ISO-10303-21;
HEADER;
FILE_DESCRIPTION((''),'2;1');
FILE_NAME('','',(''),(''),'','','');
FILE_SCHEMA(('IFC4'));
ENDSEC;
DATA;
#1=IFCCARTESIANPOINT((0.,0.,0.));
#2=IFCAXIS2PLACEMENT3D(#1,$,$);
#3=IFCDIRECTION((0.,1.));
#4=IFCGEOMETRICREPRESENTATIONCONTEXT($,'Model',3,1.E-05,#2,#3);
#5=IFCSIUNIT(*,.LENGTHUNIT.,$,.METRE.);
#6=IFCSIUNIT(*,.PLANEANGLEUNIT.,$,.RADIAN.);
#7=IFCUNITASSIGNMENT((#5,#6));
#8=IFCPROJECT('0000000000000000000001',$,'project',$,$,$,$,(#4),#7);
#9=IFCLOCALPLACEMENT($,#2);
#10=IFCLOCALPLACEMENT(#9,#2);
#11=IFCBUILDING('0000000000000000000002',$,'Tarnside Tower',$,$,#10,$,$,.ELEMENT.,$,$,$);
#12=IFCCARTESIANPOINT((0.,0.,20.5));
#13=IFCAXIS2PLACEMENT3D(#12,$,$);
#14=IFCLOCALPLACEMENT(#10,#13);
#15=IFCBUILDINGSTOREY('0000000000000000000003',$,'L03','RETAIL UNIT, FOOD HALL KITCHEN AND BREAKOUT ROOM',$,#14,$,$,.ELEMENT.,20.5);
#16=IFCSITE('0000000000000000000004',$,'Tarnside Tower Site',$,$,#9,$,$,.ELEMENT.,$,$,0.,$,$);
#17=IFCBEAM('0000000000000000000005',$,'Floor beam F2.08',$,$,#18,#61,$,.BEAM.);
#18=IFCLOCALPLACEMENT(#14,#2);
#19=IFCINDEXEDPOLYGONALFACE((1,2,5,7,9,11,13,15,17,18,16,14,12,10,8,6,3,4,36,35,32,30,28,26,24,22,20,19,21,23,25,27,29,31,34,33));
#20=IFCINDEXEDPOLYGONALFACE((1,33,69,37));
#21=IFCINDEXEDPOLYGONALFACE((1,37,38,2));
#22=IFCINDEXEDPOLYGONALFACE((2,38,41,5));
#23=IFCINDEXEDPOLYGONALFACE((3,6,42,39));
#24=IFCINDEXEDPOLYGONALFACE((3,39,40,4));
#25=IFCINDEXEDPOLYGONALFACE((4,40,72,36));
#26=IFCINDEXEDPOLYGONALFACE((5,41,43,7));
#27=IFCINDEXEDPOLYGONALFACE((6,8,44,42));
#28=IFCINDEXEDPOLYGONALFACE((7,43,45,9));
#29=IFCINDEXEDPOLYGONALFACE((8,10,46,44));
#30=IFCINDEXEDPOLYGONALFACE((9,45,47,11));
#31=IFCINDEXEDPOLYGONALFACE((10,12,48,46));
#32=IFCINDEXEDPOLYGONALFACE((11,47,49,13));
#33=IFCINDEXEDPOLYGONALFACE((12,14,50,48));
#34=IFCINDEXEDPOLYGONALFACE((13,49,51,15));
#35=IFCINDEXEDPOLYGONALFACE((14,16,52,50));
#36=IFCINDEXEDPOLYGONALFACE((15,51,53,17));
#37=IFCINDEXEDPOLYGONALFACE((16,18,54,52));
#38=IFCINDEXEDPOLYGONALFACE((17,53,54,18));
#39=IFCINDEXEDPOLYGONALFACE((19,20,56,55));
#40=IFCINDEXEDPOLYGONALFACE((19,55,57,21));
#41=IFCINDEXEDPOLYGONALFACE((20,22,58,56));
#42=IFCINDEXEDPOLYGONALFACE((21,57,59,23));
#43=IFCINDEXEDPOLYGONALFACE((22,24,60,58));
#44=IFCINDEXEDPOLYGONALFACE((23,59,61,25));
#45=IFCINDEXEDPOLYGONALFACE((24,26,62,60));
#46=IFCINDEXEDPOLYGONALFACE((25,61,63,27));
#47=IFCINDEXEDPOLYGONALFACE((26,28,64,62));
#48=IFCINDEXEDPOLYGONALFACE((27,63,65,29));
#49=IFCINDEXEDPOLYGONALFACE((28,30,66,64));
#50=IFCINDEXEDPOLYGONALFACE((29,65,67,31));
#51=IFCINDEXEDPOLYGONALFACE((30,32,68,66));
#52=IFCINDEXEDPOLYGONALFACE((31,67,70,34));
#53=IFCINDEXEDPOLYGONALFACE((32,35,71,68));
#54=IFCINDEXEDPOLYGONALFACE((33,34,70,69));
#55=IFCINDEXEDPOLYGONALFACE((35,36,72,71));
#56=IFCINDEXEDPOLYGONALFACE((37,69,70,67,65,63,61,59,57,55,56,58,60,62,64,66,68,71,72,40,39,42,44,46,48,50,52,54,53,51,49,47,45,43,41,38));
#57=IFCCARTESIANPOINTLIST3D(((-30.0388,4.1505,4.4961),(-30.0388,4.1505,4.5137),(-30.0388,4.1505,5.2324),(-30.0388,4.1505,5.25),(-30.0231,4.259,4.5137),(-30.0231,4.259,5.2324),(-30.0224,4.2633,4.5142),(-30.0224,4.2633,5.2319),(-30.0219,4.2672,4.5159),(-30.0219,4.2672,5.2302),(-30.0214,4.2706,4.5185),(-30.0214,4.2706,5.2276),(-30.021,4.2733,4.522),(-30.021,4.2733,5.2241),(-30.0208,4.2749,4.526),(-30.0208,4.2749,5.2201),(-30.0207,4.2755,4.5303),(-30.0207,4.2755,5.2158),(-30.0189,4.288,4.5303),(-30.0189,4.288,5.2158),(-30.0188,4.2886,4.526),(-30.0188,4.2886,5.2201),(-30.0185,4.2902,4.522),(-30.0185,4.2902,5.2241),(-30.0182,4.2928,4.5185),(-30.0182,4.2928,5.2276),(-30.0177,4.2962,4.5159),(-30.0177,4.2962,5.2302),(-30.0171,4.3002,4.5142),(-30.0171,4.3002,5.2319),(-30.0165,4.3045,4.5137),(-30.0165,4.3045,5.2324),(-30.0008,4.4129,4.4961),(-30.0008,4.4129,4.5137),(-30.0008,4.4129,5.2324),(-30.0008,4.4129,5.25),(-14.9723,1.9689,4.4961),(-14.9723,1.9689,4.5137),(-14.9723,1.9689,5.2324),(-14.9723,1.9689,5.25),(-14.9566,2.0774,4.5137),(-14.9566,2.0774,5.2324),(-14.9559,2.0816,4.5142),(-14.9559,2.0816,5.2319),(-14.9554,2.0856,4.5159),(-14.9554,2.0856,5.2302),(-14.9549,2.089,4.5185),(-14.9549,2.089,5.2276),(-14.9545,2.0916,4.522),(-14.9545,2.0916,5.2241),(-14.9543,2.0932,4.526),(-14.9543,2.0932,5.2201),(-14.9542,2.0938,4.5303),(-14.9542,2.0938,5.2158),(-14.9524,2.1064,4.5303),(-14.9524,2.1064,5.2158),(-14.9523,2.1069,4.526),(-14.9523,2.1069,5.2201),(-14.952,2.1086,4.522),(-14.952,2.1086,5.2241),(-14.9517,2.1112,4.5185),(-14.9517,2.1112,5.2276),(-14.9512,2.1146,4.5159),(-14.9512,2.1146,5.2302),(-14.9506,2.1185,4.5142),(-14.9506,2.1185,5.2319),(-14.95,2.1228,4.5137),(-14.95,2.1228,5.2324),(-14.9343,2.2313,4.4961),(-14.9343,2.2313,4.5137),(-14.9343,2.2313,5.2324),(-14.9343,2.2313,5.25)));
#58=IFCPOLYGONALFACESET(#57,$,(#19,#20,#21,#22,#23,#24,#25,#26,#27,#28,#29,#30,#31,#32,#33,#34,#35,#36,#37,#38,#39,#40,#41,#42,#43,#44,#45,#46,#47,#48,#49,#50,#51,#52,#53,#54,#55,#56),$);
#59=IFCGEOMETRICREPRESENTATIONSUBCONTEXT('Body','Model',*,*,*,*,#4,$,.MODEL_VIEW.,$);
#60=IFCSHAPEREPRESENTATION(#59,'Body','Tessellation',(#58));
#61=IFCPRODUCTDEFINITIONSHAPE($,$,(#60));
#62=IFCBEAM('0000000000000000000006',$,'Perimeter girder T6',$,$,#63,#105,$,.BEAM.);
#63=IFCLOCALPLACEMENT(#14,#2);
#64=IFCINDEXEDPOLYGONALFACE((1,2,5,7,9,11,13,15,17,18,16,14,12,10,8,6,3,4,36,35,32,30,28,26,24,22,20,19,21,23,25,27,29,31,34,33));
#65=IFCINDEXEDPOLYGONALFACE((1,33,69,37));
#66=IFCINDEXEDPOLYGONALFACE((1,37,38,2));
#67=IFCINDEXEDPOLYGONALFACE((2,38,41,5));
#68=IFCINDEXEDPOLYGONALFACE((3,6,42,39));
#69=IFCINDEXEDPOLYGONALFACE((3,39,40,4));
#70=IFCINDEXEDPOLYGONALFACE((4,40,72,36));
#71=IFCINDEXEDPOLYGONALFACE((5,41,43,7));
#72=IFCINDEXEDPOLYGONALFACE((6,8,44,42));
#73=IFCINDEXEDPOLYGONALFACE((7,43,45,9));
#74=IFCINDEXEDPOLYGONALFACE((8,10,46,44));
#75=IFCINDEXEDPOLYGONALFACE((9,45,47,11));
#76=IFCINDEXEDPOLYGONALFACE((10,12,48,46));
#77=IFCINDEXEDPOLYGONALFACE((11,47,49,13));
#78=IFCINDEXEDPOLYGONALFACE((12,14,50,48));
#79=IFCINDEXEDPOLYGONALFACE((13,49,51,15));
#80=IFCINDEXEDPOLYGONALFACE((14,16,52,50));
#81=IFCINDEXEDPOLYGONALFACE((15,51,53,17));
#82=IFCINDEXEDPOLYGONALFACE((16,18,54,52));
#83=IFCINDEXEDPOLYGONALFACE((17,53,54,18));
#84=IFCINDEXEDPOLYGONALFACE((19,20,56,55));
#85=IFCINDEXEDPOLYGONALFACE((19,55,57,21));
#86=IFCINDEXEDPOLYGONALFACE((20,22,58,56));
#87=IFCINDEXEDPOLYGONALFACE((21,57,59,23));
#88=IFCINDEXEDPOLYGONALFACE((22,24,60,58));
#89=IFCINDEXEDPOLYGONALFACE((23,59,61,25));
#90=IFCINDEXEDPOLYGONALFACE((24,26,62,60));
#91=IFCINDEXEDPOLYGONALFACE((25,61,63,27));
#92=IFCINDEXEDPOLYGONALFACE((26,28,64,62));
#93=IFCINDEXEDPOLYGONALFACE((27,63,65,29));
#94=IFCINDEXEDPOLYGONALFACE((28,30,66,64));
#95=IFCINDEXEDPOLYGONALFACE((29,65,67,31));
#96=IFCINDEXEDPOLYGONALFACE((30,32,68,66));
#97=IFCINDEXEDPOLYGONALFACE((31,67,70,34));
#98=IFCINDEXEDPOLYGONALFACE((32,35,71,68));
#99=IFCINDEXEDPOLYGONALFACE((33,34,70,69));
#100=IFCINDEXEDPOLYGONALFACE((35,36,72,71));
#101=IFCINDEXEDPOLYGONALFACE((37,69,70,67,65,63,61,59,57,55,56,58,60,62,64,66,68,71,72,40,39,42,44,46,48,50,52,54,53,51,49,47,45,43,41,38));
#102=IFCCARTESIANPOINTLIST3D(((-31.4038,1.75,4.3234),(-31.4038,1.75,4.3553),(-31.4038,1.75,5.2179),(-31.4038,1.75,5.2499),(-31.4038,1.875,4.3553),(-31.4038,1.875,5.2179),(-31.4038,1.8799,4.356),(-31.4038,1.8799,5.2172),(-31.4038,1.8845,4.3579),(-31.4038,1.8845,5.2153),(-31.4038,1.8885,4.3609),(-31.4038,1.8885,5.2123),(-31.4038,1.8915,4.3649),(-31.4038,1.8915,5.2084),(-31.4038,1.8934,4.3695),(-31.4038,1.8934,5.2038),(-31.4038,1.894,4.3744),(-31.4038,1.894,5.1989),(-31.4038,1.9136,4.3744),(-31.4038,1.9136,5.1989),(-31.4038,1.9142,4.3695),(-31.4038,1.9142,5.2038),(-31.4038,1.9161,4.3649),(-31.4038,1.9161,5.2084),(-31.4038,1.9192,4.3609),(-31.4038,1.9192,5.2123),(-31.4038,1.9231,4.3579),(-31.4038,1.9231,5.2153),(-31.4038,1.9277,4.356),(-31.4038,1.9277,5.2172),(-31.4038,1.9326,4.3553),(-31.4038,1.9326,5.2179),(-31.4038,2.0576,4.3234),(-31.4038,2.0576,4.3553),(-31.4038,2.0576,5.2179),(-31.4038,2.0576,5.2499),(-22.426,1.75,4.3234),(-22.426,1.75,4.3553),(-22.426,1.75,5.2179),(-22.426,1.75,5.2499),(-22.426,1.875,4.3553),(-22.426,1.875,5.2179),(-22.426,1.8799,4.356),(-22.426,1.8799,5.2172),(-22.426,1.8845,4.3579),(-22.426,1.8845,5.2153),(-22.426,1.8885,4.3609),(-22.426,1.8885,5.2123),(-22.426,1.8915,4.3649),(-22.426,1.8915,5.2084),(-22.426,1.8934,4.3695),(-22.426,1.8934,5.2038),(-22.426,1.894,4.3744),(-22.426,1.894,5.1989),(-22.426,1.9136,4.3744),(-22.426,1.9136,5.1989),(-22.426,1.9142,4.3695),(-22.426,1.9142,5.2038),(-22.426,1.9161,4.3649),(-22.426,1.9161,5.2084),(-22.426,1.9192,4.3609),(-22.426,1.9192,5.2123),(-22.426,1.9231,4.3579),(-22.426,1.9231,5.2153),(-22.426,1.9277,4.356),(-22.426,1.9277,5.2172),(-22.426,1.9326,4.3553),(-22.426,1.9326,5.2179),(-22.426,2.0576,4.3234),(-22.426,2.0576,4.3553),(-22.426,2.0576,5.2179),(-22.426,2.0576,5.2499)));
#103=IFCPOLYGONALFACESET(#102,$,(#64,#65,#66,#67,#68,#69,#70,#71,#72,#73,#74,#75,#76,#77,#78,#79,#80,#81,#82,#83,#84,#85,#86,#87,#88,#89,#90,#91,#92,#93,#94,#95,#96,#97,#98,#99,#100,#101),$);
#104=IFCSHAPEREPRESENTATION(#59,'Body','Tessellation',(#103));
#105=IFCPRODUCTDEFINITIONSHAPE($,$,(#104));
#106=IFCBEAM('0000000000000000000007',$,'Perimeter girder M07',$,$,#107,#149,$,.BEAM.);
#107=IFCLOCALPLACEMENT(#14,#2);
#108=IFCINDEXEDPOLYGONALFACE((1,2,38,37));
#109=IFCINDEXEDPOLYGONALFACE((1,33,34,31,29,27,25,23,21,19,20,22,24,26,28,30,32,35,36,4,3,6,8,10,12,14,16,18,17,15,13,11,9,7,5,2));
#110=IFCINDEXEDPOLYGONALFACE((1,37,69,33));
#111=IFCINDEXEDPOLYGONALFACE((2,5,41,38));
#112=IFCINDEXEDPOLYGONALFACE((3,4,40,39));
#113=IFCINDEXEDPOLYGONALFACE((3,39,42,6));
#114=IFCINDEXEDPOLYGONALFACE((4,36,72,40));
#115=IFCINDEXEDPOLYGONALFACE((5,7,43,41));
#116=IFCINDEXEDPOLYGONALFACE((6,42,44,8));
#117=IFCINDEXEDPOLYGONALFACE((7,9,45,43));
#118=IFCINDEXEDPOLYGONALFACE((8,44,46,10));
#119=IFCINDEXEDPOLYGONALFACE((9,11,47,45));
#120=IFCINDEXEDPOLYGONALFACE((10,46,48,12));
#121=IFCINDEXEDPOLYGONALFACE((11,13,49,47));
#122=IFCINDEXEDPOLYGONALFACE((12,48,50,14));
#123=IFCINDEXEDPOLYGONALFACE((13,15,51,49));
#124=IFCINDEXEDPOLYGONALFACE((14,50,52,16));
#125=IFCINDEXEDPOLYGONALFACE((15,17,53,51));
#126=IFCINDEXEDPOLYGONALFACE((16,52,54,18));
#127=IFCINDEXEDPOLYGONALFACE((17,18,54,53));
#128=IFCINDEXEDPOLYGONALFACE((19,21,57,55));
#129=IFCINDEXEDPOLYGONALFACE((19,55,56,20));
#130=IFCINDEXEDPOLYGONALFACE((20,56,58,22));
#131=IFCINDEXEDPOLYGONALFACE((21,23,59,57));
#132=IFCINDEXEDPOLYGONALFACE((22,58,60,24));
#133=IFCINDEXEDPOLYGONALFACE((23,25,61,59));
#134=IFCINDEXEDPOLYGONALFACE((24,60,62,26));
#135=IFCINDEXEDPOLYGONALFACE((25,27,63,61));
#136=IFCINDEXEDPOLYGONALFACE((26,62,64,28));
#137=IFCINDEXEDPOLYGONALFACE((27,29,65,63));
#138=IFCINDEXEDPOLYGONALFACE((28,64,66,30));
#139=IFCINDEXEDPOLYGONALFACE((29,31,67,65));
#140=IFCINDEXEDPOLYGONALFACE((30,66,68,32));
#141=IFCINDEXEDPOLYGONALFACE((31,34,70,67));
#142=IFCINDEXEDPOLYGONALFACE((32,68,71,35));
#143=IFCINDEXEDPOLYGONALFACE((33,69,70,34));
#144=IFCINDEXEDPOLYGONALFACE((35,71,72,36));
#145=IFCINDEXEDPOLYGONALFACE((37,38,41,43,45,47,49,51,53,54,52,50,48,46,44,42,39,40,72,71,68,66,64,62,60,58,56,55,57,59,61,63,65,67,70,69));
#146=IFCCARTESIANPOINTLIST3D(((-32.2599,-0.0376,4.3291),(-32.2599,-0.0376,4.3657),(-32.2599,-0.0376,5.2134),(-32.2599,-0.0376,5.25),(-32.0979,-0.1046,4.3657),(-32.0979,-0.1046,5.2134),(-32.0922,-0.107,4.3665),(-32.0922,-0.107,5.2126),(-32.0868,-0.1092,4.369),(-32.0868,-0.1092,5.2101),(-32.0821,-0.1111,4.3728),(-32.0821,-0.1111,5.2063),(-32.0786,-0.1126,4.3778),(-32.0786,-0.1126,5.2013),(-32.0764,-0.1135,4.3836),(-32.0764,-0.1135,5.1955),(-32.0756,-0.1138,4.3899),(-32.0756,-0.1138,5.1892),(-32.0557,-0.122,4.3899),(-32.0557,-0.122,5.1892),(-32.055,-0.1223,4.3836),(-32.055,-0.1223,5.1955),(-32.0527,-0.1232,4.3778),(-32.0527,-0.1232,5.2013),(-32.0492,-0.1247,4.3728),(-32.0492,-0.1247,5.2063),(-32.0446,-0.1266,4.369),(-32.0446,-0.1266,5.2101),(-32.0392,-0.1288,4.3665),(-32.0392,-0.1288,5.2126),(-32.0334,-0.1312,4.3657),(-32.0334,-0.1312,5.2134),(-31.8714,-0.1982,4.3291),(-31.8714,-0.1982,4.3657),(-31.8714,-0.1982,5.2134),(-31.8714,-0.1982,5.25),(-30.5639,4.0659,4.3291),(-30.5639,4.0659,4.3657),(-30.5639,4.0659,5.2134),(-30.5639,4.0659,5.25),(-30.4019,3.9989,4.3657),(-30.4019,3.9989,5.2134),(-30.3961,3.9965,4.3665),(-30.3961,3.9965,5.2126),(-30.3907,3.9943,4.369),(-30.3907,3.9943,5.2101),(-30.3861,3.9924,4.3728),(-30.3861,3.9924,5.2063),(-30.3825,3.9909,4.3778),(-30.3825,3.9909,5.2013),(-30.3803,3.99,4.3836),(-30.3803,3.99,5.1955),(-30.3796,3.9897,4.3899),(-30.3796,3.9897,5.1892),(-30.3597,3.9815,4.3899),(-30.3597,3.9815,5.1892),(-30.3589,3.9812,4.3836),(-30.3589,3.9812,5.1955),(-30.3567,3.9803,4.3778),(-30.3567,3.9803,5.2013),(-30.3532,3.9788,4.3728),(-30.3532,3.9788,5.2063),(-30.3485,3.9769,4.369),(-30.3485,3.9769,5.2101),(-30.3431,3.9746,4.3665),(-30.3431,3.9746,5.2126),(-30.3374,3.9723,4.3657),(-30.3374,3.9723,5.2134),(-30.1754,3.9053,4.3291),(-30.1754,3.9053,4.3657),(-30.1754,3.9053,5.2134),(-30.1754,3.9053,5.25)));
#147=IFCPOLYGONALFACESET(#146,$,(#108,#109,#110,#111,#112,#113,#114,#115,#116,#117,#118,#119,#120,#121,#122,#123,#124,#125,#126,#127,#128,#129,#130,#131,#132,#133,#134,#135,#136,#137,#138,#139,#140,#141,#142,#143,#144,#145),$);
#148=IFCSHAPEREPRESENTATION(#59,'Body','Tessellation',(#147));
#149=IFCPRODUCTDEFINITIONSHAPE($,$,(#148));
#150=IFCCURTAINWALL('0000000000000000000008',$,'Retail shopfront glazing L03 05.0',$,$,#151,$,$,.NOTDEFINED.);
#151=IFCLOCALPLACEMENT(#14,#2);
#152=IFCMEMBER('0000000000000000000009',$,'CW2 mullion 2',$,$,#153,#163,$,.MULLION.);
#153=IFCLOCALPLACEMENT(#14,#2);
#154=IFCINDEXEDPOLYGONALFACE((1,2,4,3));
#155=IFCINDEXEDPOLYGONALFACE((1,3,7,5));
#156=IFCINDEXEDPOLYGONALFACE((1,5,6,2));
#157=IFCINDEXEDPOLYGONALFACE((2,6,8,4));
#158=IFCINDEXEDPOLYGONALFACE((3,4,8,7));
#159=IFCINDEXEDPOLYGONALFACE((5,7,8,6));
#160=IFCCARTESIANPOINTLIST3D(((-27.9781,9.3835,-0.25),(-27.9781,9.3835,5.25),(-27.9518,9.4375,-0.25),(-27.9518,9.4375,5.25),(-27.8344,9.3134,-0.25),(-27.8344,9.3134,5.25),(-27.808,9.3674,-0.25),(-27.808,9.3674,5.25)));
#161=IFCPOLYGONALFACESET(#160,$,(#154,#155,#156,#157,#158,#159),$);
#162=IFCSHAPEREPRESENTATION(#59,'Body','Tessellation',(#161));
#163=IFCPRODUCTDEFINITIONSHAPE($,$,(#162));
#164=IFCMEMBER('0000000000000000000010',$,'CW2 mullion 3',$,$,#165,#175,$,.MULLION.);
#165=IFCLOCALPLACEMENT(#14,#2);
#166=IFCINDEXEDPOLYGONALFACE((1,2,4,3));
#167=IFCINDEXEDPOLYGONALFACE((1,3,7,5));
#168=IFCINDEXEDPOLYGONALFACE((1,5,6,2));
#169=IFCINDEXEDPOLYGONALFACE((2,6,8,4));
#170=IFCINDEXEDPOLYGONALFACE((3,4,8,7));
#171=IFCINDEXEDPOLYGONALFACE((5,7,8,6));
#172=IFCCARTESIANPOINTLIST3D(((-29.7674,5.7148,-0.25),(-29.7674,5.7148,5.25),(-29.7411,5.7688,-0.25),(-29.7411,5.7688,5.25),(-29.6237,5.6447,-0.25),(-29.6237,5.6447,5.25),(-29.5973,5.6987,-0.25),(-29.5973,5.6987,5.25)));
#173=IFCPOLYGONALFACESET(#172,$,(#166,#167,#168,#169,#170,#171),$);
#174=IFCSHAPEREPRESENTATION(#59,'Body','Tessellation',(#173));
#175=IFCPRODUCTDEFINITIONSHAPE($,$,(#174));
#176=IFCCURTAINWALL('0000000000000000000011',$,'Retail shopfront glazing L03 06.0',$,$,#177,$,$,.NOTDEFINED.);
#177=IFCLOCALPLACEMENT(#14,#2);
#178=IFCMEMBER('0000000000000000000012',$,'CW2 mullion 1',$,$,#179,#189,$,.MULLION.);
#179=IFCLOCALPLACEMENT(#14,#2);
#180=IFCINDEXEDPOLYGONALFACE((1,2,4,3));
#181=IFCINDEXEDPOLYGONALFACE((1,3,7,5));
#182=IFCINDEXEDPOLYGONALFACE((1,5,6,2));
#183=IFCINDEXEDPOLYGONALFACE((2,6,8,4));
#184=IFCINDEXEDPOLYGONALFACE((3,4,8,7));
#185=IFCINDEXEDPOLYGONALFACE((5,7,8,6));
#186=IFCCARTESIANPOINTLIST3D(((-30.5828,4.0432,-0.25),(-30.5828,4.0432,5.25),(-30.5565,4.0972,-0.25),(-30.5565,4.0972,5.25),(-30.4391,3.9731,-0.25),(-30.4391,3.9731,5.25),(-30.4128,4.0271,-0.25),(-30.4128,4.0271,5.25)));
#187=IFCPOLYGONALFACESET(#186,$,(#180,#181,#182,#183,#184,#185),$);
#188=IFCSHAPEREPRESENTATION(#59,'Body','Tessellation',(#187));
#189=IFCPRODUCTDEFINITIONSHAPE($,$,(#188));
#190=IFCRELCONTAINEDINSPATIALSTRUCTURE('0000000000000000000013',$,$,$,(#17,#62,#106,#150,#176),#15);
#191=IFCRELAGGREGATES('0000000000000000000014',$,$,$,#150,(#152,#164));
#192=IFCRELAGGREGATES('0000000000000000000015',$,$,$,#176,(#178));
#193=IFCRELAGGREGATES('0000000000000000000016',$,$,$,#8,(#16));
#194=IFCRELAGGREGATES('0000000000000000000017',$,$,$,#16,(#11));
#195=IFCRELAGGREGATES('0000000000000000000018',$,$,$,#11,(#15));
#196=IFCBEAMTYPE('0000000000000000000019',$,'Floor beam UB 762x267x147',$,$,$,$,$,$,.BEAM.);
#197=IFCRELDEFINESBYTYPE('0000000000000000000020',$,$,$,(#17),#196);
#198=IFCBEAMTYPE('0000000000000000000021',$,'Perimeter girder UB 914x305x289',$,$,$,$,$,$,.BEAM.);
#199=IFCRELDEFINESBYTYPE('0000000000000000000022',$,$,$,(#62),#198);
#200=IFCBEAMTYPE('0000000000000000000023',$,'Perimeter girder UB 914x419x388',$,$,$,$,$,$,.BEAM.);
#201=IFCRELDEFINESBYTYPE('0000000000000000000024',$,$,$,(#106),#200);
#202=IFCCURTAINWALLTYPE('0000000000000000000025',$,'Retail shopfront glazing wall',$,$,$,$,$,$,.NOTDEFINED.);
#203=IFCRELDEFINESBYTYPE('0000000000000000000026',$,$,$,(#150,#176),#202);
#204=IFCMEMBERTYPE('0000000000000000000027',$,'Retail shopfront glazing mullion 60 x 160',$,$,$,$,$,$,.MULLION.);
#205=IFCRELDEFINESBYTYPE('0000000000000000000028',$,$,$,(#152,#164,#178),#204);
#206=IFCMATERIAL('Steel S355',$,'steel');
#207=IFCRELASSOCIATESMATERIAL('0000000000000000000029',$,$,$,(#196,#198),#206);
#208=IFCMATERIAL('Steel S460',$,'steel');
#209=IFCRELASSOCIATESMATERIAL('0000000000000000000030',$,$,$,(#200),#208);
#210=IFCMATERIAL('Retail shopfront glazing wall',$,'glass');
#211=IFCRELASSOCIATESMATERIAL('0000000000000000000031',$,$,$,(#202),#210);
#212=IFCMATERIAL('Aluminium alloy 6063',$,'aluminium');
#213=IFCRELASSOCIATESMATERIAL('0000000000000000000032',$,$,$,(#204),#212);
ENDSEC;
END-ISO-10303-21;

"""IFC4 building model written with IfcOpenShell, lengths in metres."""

from ifc_helpers import new_model, si_unit, direction, frame, origin, origin_2d, place, context, subcontext, project, spatial, rectangle, i_section, extrude, material, material_profile, profile_set, type_object, element, aggregate, save


model = new_model("IFC4")

# Units and contexts
model_context = context("Model", 3, precision=1e-05, world=origin(), true_north=direction((0.0, 1.0)))
body_context = subcontext(model_context, "Body", "Model", "MODEL_VIEW")
ifc_project = project(units=[si_unit("LENGTHUNIT", "METRE"), si_unit("PLANEANGLEUNIT", "RADIAN")], contexts=[model_context])

# Site, building, storey
site_placement = place(None, origin())
site = spatial("IfcSite", under=ifc_project, at=site_placement, Name="Tarnside Tower Site", CompositionType="ELEMENT", RefElevation=0.0)
building_placement = place(site_placement, origin())
building = spatial("IfcBuilding", under=site, at=building_placement, Name="Tarnside Tower", CompositionType="ELEMENT")
storey_placement = place(building_placement, frame((0.0, 0.0, 20.5)))
storey = spatial("IfcBuildingStorey", under=building, at=storey_placement, Name="L03", Description="RETAIL UNIT, FOOD HALL KITCHEN AND BREAKOUT ROOM", CompositionType="ELEMENT", Elevation=20.5)

# Shared definitions
ifc_material_1 = material(Name="Steel S460", Category="steel")

# Beams
ifc_material_2 = material(Name="Steel S355", Category="steel")
ifc_material_profile_1 = material_profile(ifc_material_2, i_section(OverallWidth=0.2651, OverallDepth=0.7539, WebThickness=0.0127, FlangeThickness=0.0176, FilletRadius=0.0166, at=origin_2d()), Name="UB 762x267x147")
ifc_profile_set_1 = profile_set([ifc_material_profile_1], Name="Steel S355")
beam_type_1 = type_object("IfcBeamType", Name="Floor beam UB 762x267x147", PredefinedType="BEAM", material=ifc_profile_set_1)
beam_1_placement = place(storey_placement, frame((-30.0198, 4.2817, 4.873), z_axis=(0.989678, -0.143307, 0.0), x_axis=(0.143307, 0.989678, 0.0)))
element("IfcBeam", 1, at=beam_1_placement, inside=storey, type_object=beam_type_1, Name="Floor beam F2.08", PredefinedType="BEAM", context=body_context, shape_type="SweptSolid", body=[
    extrude(i_section(OverallWidth=0.2651, OverallDepth=0.7539, WebThickness=0.0127, FlangeThickness=0.0176, FilletRadius=0.0166, at=origin_2d()), origin(), (0.0, 0.0, 1.0), 15.2236),
])
ifc_material_profile_2 = material_profile(ifc_material_2, i_section(OverallWidth=0.3076, OverallDepth=0.9265, WebThickness=0.0195, FlangeThickness=0.032, FilletRadius=0.019, at=origin_2d()), Name="UB 914x305x289")
ifc_profile_set_2 = profile_set([ifc_material_profile_2], Name="Steel S355")
beam_type_2 = type_object("IfcBeamType", Name="Perimeter girder UB 914x305x289", PredefinedType="BEAM", material=ifc_profile_set_2)
beam_2_placement = place(storey_placement, frame((-31.4038, 1.9038, 4.7866), z_axis=(1.0, 0.0, 0.0), x_axis=(0.0, 1.0, 0.0)))
element("IfcBeam", 2, at=beam_2_placement, inside=storey, type_object=beam_type_2, Name="Perimeter girder T6", PredefinedType="BEAM", context=body_context, shape_type="SweptSolid", body=[
    extrude(i_section(OverallWidth=0.3076, OverallDepth=0.9265, WebThickness=0.0195, FlangeThickness=0.032, FilletRadius=0.019, at=origin_2d()), origin(), (0.0, 0.0, 1.0), 8.9778),
])
ifc_material_profile_3 = material_profile(ifc_material_1, i_section(OverallWidth=0.4204, OverallDepth=0.9209, WebThickness=0.0215, FlangeThickness=0.0366, FilletRadius=0.0242, at=origin_2d()), Name="UB 914x419x388")
ifc_profile_set_3 = profile_set([ifc_material_profile_3], Name="Steel S460")
beam_type_3 = type_object("IfcBeamType", Name="Perimeter girder UB 914x419x388", PredefinedType="BEAM", material=ifc_profile_set_3)
beam_3_placement = place(storey_placement, frame((-30.3696, 3.9856, 4.7896), z_axis=(-0.381975, -0.924173, 0.0), x_axis=(0.924173, -0.381975, 0.0)))
element("IfcBeam", 3, at=beam_3_placement, inside=storey, type_object=beam_type_3, Name="Perimeter girder M07", PredefinedType="BEAM", context=body_context, shape_type="SweptSolid", body=[
    extrude(i_section(OverallWidth=0.4204, OverallDepth=0.9209, WebThickness=0.0215, FlangeThickness=0.0366, FilletRadius=0.0242, at=origin_2d()), origin(), (0.0, 0.0, 1.0), 4.4402),
])

# Curtain wall, members
ifc_material_3 = material(Name="Retail shopfront glazing wall", Category="glass")
curtain_wall_type = type_object("IfcCurtainWallType", Name="Retail shopfront glazing wall", PredefinedType="NOTDEFINED", material=ifc_material_3)
curtain_wall_1_placement = place(storey_placement, origin())
curtain_wall_1 = element("IfcCurtainWall", 4, at=curtain_wall_1_placement, inside=storey, type_object=curtain_wall_type, Name="Retail shopfront glazing L03 05.0", PredefinedType="NOTDEFINED")
ifc_material_4 = material(Name="Aluminium alloy 6063", Category="aluminium")
ifc_material_profile_4 = material_profile(ifc_material_4, rectangle(XDim=0.1599, YDim=0.0601, at=origin_2d()), Name="Retail shopfront glazing mullion 60 x 160")
ifc_profile_set_4 = profile_set([ifc_material_profile_4], Name="Aluminium alloy 6063")
member_type_1 = type_object("IfcMemberType", Name="Retail shopfront glazing mullion 60 x 160", PredefinedType="MULLION", material=ifc_profile_set_4)
member_1_placement = place(storey_placement, frame((-27.8931, 9.3755, -0.25), z_axis=(0.0, 0.0, 1.0), x_axis=(0.898794, -0.438371, 0.0)))
member_1 = element("IfcMember", 5, at=member_1_placement, type_object=member_type_1, Name="CW2 mullion 2", PredefinedType="MULLION", context=body_context, shape_type="SweptSolid", body=[
    extrude(rectangle(XDim=0.1599, YDim=0.0601, at=origin_2d()), origin(), (0.0, 0.0, 1.0), 5.5),
])
member_2_placement = place(storey_placement, frame((-29.6824, 5.7068, -0.25), z_axis=(0.0, 0.0, 1.0), x_axis=(0.898794, -0.438371, 0.0)))
member_2 = element("IfcMember", 6, at=member_2_placement, type_object=member_type_1, Name="CW2 mullion 3", PredefinedType="MULLION", context=body_context, shape_type="SweptSolid", body=[
    extrude(rectangle(XDim=0.1599, YDim=0.0601, at=origin_2d()), origin(), (0.0, 0.0, 1.0), 5.5),
])

# Curtain wall, member
curtain_wall_2_placement = place(storey_placement, origin())
curtain_wall_2 = element("IfcCurtainWall", 7, at=curtain_wall_2_placement, inside=storey, type_object=curtain_wall_type, Name="Retail shopfront glazing L03 06.0", PredefinedType="NOTDEFINED")
member_3_placement = place(storey_placement, frame((-30.4978, 4.0352, -0.25), z_axis=(0.0, 0.0, 1.0), x_axis=(0.898794, -0.438371, 0.0)))
member_3 = element("IfcMember", 8, at=member_3_placement, type_object=member_type_1, Name="CW2 mullion 1", PredefinedType="MULLION", context=body_context, shape_type="SweptSolid", body=[
    extrude(rectangle(XDim=0.1599, YDim=0.0601, at=origin_2d()), origin(), (0.0, 0.0, 1.0), 5.5),
])

aggregate(curtain_wall_1, [member_1, member_2])
aggregate(curtain_wall_2, [member_3])

save(model, "model.ifc")
